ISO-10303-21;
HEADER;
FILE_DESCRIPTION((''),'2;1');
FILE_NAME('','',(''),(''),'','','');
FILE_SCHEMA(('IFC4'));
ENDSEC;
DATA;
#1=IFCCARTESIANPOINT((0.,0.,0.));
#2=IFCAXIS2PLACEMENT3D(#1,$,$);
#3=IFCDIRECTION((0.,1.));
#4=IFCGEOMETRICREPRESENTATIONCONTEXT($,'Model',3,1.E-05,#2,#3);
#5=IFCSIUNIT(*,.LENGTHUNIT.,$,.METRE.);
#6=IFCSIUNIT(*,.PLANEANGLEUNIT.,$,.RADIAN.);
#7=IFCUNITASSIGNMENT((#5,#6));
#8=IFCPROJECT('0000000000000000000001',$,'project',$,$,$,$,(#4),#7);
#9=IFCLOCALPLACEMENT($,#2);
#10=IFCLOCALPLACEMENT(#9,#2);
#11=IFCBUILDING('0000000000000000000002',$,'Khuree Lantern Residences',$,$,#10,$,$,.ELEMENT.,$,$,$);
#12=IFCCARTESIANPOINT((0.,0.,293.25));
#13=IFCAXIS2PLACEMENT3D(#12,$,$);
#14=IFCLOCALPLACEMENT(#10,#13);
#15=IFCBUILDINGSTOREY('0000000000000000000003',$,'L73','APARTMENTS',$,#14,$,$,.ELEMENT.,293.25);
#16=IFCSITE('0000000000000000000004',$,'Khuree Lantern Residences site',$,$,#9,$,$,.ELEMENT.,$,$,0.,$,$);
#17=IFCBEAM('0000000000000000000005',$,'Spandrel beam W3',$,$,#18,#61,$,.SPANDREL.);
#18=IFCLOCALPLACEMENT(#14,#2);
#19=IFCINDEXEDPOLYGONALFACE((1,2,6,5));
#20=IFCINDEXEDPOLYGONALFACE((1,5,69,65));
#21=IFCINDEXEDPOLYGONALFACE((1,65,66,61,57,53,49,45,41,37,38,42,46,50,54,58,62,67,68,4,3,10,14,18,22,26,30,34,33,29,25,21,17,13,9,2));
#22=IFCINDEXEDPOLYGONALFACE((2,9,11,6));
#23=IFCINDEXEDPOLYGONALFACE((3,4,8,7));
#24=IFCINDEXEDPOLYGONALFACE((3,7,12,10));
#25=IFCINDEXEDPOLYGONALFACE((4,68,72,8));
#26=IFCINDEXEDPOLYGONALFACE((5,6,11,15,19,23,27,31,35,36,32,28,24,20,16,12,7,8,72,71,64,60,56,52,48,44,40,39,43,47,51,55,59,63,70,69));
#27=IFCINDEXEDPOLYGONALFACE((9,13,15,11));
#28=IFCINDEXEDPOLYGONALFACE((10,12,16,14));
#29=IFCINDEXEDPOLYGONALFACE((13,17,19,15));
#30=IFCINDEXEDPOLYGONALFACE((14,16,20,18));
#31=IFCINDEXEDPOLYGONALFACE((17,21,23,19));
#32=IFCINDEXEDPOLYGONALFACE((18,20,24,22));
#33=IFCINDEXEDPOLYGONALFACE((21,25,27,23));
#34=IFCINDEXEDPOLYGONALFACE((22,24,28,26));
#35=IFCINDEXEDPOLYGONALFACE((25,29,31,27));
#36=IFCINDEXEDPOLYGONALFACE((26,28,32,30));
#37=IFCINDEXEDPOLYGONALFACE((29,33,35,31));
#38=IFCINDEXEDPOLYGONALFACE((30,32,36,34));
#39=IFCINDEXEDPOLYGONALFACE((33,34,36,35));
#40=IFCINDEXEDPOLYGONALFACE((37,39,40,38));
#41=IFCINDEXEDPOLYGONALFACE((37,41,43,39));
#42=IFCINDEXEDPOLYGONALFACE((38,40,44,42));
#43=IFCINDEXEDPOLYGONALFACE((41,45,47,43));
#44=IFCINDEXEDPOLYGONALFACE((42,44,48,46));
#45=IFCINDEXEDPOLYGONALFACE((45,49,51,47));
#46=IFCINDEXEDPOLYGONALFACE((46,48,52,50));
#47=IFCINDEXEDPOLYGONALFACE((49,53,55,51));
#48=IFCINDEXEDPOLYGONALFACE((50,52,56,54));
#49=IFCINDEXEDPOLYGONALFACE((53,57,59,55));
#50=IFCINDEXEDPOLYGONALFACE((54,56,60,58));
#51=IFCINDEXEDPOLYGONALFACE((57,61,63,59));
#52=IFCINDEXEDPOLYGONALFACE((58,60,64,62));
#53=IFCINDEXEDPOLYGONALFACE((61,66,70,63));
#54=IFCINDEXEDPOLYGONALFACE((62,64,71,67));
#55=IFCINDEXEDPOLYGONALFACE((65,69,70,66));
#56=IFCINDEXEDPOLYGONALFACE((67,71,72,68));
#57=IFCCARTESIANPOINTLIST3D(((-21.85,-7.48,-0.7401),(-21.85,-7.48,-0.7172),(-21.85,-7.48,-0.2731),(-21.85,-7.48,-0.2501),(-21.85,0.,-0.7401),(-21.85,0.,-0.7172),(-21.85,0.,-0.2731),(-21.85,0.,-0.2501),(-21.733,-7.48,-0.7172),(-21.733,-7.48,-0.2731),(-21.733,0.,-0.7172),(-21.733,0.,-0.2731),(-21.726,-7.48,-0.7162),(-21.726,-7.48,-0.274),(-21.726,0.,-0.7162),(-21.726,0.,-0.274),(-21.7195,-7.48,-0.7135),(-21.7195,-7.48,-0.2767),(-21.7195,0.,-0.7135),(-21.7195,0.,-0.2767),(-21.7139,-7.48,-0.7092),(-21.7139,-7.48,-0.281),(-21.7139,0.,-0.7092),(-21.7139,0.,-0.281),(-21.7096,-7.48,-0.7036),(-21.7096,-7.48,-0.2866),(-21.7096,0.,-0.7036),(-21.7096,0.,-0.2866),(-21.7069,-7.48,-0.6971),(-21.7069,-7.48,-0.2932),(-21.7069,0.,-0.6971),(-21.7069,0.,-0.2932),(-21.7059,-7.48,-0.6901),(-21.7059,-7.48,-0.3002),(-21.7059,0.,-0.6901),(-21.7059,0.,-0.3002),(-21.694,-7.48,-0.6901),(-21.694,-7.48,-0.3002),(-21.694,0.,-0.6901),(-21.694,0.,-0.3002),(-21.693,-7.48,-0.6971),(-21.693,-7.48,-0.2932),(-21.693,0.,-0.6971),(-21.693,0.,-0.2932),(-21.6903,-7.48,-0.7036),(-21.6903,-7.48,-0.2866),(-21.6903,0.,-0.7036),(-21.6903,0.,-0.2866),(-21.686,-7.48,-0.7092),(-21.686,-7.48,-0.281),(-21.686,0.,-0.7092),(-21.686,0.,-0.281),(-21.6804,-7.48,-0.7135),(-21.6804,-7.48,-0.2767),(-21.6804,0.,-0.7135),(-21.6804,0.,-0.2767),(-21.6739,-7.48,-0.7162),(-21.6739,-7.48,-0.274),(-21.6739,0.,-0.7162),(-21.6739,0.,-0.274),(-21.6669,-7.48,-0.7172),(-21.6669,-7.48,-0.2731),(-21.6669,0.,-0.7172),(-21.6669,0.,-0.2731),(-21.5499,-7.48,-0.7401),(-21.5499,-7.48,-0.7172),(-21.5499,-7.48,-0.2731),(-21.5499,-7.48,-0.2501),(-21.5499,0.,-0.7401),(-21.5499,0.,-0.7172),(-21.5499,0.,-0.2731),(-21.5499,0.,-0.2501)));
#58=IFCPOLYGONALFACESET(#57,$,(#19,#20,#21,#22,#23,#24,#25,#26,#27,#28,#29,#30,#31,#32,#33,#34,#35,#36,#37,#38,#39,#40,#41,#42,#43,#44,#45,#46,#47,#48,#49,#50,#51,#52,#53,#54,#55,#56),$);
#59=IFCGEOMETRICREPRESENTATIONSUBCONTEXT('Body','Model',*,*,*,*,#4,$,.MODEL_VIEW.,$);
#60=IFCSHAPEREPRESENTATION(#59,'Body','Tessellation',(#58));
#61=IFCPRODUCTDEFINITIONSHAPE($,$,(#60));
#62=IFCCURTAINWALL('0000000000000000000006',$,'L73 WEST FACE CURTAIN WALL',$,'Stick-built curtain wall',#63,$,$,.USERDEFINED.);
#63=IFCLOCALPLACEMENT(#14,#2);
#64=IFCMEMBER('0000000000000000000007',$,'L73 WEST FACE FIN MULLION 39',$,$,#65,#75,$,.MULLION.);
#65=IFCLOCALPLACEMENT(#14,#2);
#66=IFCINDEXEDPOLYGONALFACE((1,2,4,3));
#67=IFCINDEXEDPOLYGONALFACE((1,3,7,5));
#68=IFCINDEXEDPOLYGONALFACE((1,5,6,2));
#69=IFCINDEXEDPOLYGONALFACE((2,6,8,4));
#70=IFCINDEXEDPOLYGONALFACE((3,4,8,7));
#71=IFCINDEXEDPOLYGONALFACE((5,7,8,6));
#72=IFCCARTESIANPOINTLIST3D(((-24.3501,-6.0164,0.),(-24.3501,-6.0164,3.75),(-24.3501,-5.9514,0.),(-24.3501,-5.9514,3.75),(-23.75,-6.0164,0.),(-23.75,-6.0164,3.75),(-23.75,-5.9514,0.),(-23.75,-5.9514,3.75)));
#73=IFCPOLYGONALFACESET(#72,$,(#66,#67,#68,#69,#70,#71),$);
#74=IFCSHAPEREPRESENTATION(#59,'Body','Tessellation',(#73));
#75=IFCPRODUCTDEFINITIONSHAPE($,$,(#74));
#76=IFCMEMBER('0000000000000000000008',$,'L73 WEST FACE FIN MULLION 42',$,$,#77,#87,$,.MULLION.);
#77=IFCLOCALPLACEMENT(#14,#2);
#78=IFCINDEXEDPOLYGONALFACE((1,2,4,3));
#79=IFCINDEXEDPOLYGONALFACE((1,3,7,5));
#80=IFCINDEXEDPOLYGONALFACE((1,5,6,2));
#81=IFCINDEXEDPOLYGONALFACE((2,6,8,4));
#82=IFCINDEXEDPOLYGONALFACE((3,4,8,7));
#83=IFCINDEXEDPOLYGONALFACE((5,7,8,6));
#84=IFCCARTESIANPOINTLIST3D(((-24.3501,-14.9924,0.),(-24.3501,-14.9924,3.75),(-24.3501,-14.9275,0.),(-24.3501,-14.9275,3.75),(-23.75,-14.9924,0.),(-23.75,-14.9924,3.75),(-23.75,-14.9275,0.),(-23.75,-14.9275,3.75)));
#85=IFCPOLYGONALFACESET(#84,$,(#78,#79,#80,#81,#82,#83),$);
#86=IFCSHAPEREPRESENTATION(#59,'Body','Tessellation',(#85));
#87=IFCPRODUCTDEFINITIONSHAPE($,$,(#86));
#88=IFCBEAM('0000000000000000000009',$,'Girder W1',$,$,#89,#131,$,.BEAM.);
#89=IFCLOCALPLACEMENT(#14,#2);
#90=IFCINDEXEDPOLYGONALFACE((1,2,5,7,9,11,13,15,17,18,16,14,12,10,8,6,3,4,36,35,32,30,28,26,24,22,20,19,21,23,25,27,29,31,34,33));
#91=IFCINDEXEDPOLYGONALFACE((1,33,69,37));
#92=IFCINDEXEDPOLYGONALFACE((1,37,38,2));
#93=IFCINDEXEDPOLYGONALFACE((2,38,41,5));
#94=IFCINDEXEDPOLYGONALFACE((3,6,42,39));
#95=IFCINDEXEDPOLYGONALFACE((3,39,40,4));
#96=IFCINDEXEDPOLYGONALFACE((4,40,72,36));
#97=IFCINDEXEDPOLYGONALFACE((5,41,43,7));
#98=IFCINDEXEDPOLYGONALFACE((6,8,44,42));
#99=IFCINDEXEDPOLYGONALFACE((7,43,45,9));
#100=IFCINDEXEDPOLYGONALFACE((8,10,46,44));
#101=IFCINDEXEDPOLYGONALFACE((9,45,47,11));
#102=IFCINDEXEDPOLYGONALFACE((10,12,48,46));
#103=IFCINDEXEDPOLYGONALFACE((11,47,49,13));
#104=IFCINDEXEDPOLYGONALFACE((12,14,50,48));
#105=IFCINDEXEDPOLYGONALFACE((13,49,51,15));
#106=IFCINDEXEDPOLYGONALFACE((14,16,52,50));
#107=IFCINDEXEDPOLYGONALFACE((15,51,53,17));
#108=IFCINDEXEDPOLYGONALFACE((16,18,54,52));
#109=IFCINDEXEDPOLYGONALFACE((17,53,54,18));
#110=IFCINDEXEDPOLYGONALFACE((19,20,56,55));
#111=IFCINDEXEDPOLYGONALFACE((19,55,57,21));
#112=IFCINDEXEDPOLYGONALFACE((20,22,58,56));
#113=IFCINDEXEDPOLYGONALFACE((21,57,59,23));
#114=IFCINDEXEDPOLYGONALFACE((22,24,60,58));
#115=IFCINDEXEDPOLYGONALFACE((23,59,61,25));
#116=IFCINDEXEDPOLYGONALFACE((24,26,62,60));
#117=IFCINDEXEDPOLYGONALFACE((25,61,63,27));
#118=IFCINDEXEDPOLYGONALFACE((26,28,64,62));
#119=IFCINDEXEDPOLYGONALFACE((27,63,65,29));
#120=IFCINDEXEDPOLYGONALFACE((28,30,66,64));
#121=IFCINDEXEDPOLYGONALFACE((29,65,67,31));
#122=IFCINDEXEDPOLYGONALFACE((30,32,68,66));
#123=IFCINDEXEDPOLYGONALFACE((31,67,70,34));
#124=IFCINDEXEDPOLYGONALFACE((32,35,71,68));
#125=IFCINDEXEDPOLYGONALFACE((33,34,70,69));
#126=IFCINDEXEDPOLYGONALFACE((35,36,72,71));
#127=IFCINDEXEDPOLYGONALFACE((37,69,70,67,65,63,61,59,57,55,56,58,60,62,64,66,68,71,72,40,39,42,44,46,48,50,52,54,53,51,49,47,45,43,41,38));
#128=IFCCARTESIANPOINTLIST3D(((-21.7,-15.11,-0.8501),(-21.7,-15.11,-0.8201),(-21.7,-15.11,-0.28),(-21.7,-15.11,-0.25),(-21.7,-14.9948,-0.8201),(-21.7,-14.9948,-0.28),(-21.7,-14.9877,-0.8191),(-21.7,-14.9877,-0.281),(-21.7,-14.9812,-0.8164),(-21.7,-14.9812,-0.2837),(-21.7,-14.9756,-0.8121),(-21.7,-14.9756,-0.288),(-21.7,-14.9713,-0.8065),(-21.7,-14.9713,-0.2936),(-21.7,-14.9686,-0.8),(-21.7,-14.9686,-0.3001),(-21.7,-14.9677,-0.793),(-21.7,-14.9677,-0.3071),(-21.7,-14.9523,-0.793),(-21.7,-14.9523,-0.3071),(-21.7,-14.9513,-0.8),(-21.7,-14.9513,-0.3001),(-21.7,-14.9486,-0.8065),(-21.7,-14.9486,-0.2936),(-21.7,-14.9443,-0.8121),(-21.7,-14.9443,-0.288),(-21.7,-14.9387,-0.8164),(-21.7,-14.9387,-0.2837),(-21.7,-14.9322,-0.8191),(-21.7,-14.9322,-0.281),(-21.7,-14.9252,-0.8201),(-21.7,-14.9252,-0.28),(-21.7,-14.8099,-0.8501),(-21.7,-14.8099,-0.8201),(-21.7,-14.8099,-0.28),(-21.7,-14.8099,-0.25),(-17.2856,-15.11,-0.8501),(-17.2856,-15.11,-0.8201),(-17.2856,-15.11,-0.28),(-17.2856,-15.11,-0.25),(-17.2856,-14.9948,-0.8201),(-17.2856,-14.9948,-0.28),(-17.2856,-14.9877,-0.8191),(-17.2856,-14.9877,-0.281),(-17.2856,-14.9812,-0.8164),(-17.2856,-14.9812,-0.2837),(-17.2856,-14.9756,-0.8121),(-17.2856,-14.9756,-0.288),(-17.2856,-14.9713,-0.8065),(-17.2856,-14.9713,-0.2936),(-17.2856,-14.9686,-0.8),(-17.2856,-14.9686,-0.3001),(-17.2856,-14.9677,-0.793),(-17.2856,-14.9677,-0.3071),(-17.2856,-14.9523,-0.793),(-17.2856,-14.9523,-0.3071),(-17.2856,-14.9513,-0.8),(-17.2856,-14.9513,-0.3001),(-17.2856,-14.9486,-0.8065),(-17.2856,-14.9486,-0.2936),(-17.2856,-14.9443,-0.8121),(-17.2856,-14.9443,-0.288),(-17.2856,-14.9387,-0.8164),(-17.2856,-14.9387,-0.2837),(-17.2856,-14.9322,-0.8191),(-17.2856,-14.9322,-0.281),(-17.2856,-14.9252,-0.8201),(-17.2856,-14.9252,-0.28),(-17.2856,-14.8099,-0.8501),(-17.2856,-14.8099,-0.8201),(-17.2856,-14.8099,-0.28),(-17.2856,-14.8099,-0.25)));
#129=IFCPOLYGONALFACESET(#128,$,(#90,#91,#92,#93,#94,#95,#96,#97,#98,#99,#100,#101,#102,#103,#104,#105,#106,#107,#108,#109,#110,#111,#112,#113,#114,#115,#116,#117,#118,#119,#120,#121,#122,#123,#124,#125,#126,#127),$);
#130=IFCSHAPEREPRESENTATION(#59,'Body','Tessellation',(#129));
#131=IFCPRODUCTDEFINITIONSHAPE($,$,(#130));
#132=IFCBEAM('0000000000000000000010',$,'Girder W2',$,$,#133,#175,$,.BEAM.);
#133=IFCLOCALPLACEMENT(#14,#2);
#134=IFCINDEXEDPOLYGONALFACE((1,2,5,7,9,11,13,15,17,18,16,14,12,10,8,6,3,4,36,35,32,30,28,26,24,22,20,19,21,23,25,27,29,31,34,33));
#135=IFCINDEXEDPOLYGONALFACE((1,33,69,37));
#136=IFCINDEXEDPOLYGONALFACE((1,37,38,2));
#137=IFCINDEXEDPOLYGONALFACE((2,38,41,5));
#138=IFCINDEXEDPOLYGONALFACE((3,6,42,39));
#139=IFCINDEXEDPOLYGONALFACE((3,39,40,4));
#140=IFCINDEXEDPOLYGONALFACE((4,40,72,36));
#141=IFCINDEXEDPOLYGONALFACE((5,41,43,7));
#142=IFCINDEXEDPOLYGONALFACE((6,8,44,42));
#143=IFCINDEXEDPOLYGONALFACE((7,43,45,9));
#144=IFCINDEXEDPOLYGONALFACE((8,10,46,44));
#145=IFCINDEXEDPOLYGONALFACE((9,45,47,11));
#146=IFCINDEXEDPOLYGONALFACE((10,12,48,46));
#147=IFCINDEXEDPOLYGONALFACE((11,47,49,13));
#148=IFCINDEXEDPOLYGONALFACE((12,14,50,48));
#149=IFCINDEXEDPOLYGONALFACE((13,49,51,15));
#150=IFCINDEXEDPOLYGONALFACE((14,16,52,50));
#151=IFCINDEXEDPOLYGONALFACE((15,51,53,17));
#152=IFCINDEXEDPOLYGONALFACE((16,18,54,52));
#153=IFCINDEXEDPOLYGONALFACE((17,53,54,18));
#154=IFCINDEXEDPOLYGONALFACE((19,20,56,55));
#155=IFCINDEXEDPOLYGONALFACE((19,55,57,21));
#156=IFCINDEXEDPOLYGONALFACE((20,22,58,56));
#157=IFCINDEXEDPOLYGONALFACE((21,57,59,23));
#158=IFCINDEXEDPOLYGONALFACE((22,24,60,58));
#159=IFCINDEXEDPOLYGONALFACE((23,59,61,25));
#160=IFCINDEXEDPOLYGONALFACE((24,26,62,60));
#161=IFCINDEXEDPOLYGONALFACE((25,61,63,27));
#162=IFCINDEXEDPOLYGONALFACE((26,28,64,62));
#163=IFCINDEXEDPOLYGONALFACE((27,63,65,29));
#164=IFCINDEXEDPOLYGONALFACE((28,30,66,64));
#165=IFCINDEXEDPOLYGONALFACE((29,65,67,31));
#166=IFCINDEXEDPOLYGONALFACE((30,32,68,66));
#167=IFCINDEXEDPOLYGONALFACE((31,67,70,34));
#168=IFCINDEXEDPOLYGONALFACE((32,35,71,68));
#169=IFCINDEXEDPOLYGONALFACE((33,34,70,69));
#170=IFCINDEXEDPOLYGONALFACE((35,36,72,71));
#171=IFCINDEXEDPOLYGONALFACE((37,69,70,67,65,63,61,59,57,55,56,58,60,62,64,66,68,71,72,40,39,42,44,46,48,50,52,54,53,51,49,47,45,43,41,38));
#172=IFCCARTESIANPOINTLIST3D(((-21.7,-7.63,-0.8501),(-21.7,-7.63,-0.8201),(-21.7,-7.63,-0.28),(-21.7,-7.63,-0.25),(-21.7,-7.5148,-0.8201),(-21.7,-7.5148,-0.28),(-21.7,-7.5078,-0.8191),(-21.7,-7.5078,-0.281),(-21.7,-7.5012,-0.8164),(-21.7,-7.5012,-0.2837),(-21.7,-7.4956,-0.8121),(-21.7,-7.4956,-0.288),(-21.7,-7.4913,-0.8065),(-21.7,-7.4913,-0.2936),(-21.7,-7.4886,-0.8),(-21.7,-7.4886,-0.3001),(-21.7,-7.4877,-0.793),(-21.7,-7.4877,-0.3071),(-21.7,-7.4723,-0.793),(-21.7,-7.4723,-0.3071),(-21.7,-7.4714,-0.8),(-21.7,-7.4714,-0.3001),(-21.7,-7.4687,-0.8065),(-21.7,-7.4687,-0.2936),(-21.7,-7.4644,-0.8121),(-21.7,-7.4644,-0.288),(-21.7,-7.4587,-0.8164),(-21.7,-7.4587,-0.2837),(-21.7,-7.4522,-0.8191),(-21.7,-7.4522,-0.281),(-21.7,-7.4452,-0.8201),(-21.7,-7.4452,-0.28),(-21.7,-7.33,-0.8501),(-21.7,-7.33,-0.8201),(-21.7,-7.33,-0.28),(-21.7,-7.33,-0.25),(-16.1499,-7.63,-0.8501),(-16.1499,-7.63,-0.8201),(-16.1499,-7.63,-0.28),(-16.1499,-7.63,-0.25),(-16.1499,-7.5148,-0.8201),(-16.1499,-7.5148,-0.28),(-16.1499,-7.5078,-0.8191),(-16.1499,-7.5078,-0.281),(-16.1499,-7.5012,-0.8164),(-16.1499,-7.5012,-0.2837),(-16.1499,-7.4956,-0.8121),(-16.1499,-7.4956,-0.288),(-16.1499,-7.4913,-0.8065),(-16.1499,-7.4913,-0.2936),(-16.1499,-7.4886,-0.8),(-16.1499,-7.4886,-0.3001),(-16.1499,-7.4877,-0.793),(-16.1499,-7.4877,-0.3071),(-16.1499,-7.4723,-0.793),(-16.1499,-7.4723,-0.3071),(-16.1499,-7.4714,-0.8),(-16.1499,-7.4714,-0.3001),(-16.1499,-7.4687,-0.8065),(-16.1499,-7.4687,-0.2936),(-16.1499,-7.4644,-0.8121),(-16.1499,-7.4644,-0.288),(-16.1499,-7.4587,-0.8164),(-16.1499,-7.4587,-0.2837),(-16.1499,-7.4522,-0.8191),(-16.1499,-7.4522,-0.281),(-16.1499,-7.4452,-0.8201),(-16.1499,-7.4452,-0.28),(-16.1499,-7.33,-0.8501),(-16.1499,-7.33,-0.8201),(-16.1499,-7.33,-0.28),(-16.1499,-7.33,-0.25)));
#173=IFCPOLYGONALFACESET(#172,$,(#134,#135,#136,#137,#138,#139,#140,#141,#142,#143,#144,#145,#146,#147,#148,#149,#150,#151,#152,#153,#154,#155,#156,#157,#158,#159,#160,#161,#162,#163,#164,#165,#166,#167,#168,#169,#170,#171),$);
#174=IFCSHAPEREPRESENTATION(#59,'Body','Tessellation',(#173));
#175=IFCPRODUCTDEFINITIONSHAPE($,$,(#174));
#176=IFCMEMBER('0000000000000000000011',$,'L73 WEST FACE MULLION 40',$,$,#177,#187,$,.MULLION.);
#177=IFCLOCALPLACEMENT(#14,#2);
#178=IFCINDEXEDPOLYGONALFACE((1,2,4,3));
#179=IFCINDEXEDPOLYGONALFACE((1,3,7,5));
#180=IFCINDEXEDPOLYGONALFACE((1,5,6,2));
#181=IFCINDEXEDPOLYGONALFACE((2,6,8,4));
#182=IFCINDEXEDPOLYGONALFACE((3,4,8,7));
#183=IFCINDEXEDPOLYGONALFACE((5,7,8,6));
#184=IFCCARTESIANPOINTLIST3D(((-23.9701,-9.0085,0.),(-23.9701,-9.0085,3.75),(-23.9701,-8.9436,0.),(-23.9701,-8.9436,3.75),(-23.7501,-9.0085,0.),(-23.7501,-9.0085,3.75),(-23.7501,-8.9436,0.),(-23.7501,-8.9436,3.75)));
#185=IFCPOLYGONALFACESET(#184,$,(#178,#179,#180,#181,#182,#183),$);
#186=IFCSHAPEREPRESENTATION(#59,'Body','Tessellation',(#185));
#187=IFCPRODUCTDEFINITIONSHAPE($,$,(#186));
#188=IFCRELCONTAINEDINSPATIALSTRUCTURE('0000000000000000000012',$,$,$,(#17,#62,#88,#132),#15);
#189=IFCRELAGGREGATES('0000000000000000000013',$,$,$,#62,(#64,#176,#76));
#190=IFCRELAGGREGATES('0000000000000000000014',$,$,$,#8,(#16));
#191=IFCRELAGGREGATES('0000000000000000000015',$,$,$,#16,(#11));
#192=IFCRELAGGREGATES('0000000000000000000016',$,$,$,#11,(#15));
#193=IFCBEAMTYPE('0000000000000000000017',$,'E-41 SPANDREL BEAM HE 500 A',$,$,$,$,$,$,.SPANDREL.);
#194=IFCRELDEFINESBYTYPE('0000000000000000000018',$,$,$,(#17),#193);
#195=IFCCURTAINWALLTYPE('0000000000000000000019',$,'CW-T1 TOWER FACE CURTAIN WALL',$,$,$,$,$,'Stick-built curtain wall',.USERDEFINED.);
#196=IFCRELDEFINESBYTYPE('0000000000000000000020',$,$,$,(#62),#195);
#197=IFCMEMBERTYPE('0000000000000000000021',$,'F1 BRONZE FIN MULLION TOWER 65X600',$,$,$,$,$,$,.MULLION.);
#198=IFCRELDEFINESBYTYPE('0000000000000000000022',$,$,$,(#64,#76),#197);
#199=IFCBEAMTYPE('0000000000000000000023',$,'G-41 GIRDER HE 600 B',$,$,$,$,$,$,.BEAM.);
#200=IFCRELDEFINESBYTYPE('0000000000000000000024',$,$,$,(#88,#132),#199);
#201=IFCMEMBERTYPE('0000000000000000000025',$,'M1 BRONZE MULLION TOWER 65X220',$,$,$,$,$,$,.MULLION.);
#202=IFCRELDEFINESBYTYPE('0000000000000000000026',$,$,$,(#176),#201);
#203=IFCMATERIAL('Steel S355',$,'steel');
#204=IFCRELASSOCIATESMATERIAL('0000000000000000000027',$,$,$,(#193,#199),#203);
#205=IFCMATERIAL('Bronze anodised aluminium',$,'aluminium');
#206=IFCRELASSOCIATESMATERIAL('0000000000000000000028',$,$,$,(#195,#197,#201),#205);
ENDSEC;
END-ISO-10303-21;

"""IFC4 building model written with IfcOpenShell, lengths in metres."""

from ifc_helpers import new_model, si_unit, direction, frame, origin, origin_2d, place, context, subcontext, project, spatial, rectangle, i_section, extrude, material, material_profile, profile_set, type_object, element, aggregate, save


model = new_model("IFC4")

# Units and contexts
model_context = context("Model", 3, precision=1e-05, world=origin(), true_north=direction((0.0, 1.0)))
body_context = subcontext(model_context, "Body", "Model", "MODEL_VIEW")
ifc_project = project(units=[si_unit("LENGTHUNIT", "METRE"), si_unit("PLANEANGLEUNIT", "RADIAN")], contexts=[model_context])

# Site, building, storey
site_placement = place(None, origin())
site = spatial("IfcSite", under=ifc_project, at=site_placement, Name="Khuree Lantern Residences site", CompositionType="ELEMENT", RefElevation=0.0)
building_placement = place(site_placement, origin())
building = spatial("IfcBuilding", under=site, at=building_placement, Name="Khuree Lantern Residences", CompositionType="ELEMENT")
storey_placement = place(building_placement, frame((0.0, 0.0, 293.25)))
storey = spatial("IfcBuildingStorey", under=building, at=storey_placement, Name="L73", Description="APARTMENTS", CompositionType="ELEMENT", Elevation=293.25)

# Beam
ifc_material_1 = material(Name="Steel S355", Category="steel")
ifc_material_profile_1 = material_profile(ifc_material_1, i_section(OverallWidth=0.3, OverallDepth=0.49, WebThickness=0.012, FlangeThickness=0.0229, FilletRadius=0.0271, at=origin_2d()), Name="HE 500 A")
ifc_profile_set_1 = profile_set([ifc_material_profile_1], Name="Steel S355")
beam_type_1 = type_object("IfcBeamType", Name="E-41 SPANDREL BEAM HE 500 A", PredefinedType="SPANDREL", material=ifc_profile_set_1)
for number, where, z_axis, x_axis, name in (
    (1, (-21.7, -7.48, -0.4951), (0.0, 1.0, 0.0), (-1.0, 0.0, 0.0), "Spandrel beam W3"),
):
    element("IfcBeam", number, at=place(storey_placement, frame(where, z_axis=z_axis, x_axis=x_axis)), inside=storey, type_object=beam_type_1, Name=name, PredefinedType="SPANDREL", context=body_context, shape_type="SweptSolid", body=[
        extrude(i_section(OverallWidth=0.3, OverallDepth=0.49, WebThickness=0.012, FlangeThickness=0.0229, FilletRadius=0.0271, at=origin_2d()), origin(), (0.0, 0.0, 1.0), 7.48),
    ])

# Curtain wall, members
ifc_material_2 = material(Name="Bronze anodised aluminium", Category="aluminium")
curtain_wall_type = type_object("IfcCurtainWallType", Name="CW-T1 TOWER FACE CURTAIN WALL", ElementType="Stick-built curtain wall", PredefinedType="USERDEFINED", material=ifc_material_2)
curtain_wall_placement = place(storey_placement, origin())
curtain_wall = element("IfcCurtainWall", 2, at=curtain_wall_placement, inside=storey, type_object=curtain_wall_type, Name="L73 WEST FACE CURTAIN WALL", ObjectType="Stick-built curtain wall", PredefinedType="USERDEFINED")
ifc_material_profile_2 = material_profile(ifc_material_2, rectangle(XDim=0.0649, YDim=0.6001, at=origin_2d()), Name="F1 65X600")
ifc_profile_set_2 = profile_set([ifc_material_profile_2], Name="Bronze anodised aluminium")
member_type_1 = type_object("IfcMemberType", Name="F1 BRONZE FIN MULLION TOWER 65X600", PredefinedType="MULLION", material=ifc_profile_set_2)
member_1_placement = place(storey_placement, frame((-24.05, -5.9839, 0.0), z_axis=(0.0, 0.0, 1.0), x_axis=(0.0, -1.0, 0.0)))
member_1 = element("IfcMember", 3, at=member_1_placement, type_object=member_type_1, Name="L73 WEST FACE FIN MULLION 39", PredefinedType="MULLION", context=body_context, shape_type="SweptSolid", body=[
    extrude(rectangle(XDim=0.0649, YDim=0.6001, at=origin_2d()), origin(), (0.0, 0.0, 1.0), 3.75),
])
member_2_placement = place(storey_placement, frame((-24.05, -14.96, 0.0), z_axis=(0.0, 0.0, 1.0), x_axis=(0.0, -1.0, 0.0)))
member_2 = element("IfcMember", 4, at=member_2_placement, type_object=member_type_1, Name="L73 WEST FACE FIN MULLION 42", PredefinedType="MULLION", context=body_context, shape_type="SweptSolid", body=[
    extrude(rectangle(XDim=0.0649, YDim=0.6001, at=origin_2d()), origin(), (0.0, 0.0, 1.0), 3.75),
])

# Beams
ifc_material_profile_3 = material_profile(ifc_material_1, i_section(OverallWidth=0.3, OverallDepth=0.6001, WebThickness=0.0154, FlangeThickness=0.03, FilletRadius=0.0271, at=origin_2d()), Name="HE 600 B")
ifc_profile_set_3 = profile_set([ifc_material_profile_3], Name="Steel S355")
beam_type_2 = type_object("IfcBeamType", Name="G-41 GIRDER HE 600 B", PredefinedType="BEAM", material=ifc_profile_set_3)
beam_1_placement = place(storey_placement, frame((-21.7, -14.96, -0.55), z_axis=(1.0, 0.0, 0.0), x_axis=(0.0, 1.0, 0.0)))
element("IfcBeam", 5, at=beam_1_placement, inside=storey, type_object=beam_type_2, Name="Girder W1", PredefinedType="BEAM", context=body_context, shape_type="SweptSolid", body=[
    extrude(i_section(OverallWidth=0.3, OverallDepth=0.6001, WebThickness=0.0154, FlangeThickness=0.03, FilletRadius=0.0271, at=origin_2d()), origin(), (0.0, 0.0, 1.0), 4.4143),
])
beam_2_placement = place(storey_placement, frame((-21.7, -7.48, -0.55), z_axis=(1.0, 0.0, 0.0), x_axis=(0.0, 1.0, 0.0)))
element("IfcBeam", 6, at=beam_2_placement, inside=storey, type_object=beam_type_2, Name="Girder W2", PredefinedType="BEAM", context=body_context, shape_type="SweptSolid", body=[
    extrude(i_section(OverallWidth=0.3, OverallDepth=0.6001, WebThickness=0.0154, FlangeThickness=0.03, FilletRadius=0.0271, at=origin_2d()), origin(), (0.0, 0.0, 1.0), 5.55),
])

# Member
ifc_material_profile_4 = material_profile(ifc_material_2, rectangle(XDim=0.0649, YDim=0.22, at=origin_2d()), Name="M1 65X220")
ifc_profile_set_4 = profile_set([ifc_material_profile_4], Name="Bronze anodised aluminium")
member_type_2 = type_object("IfcMemberType", Name="M1 BRONZE MULLION TOWER 65X220", PredefinedType="MULLION", material=ifc_profile_set_4)
member_3_placement = place(storey_placement, frame((-23.8601, -8.9761, 0.0), z_axis=(0.0, 0.0, 1.0), x_axis=(0.0, -1.0, 0.0)))
member_3 = element("IfcMember", 7, at=member_3_placement, type_object=member_type_2, Name="L73 WEST FACE MULLION 40", PredefinedType="MULLION", context=body_context, shape_type="SweptSolid", body=[
    extrude(rectangle(XDim=0.0649, YDim=0.22, at=origin_2d()), origin(), (0.0, 0.0, 1.0), 3.75),
])

aggregate(curtain_wall, [member_1, member_3, member_2])

save(model, "model.ifc")
